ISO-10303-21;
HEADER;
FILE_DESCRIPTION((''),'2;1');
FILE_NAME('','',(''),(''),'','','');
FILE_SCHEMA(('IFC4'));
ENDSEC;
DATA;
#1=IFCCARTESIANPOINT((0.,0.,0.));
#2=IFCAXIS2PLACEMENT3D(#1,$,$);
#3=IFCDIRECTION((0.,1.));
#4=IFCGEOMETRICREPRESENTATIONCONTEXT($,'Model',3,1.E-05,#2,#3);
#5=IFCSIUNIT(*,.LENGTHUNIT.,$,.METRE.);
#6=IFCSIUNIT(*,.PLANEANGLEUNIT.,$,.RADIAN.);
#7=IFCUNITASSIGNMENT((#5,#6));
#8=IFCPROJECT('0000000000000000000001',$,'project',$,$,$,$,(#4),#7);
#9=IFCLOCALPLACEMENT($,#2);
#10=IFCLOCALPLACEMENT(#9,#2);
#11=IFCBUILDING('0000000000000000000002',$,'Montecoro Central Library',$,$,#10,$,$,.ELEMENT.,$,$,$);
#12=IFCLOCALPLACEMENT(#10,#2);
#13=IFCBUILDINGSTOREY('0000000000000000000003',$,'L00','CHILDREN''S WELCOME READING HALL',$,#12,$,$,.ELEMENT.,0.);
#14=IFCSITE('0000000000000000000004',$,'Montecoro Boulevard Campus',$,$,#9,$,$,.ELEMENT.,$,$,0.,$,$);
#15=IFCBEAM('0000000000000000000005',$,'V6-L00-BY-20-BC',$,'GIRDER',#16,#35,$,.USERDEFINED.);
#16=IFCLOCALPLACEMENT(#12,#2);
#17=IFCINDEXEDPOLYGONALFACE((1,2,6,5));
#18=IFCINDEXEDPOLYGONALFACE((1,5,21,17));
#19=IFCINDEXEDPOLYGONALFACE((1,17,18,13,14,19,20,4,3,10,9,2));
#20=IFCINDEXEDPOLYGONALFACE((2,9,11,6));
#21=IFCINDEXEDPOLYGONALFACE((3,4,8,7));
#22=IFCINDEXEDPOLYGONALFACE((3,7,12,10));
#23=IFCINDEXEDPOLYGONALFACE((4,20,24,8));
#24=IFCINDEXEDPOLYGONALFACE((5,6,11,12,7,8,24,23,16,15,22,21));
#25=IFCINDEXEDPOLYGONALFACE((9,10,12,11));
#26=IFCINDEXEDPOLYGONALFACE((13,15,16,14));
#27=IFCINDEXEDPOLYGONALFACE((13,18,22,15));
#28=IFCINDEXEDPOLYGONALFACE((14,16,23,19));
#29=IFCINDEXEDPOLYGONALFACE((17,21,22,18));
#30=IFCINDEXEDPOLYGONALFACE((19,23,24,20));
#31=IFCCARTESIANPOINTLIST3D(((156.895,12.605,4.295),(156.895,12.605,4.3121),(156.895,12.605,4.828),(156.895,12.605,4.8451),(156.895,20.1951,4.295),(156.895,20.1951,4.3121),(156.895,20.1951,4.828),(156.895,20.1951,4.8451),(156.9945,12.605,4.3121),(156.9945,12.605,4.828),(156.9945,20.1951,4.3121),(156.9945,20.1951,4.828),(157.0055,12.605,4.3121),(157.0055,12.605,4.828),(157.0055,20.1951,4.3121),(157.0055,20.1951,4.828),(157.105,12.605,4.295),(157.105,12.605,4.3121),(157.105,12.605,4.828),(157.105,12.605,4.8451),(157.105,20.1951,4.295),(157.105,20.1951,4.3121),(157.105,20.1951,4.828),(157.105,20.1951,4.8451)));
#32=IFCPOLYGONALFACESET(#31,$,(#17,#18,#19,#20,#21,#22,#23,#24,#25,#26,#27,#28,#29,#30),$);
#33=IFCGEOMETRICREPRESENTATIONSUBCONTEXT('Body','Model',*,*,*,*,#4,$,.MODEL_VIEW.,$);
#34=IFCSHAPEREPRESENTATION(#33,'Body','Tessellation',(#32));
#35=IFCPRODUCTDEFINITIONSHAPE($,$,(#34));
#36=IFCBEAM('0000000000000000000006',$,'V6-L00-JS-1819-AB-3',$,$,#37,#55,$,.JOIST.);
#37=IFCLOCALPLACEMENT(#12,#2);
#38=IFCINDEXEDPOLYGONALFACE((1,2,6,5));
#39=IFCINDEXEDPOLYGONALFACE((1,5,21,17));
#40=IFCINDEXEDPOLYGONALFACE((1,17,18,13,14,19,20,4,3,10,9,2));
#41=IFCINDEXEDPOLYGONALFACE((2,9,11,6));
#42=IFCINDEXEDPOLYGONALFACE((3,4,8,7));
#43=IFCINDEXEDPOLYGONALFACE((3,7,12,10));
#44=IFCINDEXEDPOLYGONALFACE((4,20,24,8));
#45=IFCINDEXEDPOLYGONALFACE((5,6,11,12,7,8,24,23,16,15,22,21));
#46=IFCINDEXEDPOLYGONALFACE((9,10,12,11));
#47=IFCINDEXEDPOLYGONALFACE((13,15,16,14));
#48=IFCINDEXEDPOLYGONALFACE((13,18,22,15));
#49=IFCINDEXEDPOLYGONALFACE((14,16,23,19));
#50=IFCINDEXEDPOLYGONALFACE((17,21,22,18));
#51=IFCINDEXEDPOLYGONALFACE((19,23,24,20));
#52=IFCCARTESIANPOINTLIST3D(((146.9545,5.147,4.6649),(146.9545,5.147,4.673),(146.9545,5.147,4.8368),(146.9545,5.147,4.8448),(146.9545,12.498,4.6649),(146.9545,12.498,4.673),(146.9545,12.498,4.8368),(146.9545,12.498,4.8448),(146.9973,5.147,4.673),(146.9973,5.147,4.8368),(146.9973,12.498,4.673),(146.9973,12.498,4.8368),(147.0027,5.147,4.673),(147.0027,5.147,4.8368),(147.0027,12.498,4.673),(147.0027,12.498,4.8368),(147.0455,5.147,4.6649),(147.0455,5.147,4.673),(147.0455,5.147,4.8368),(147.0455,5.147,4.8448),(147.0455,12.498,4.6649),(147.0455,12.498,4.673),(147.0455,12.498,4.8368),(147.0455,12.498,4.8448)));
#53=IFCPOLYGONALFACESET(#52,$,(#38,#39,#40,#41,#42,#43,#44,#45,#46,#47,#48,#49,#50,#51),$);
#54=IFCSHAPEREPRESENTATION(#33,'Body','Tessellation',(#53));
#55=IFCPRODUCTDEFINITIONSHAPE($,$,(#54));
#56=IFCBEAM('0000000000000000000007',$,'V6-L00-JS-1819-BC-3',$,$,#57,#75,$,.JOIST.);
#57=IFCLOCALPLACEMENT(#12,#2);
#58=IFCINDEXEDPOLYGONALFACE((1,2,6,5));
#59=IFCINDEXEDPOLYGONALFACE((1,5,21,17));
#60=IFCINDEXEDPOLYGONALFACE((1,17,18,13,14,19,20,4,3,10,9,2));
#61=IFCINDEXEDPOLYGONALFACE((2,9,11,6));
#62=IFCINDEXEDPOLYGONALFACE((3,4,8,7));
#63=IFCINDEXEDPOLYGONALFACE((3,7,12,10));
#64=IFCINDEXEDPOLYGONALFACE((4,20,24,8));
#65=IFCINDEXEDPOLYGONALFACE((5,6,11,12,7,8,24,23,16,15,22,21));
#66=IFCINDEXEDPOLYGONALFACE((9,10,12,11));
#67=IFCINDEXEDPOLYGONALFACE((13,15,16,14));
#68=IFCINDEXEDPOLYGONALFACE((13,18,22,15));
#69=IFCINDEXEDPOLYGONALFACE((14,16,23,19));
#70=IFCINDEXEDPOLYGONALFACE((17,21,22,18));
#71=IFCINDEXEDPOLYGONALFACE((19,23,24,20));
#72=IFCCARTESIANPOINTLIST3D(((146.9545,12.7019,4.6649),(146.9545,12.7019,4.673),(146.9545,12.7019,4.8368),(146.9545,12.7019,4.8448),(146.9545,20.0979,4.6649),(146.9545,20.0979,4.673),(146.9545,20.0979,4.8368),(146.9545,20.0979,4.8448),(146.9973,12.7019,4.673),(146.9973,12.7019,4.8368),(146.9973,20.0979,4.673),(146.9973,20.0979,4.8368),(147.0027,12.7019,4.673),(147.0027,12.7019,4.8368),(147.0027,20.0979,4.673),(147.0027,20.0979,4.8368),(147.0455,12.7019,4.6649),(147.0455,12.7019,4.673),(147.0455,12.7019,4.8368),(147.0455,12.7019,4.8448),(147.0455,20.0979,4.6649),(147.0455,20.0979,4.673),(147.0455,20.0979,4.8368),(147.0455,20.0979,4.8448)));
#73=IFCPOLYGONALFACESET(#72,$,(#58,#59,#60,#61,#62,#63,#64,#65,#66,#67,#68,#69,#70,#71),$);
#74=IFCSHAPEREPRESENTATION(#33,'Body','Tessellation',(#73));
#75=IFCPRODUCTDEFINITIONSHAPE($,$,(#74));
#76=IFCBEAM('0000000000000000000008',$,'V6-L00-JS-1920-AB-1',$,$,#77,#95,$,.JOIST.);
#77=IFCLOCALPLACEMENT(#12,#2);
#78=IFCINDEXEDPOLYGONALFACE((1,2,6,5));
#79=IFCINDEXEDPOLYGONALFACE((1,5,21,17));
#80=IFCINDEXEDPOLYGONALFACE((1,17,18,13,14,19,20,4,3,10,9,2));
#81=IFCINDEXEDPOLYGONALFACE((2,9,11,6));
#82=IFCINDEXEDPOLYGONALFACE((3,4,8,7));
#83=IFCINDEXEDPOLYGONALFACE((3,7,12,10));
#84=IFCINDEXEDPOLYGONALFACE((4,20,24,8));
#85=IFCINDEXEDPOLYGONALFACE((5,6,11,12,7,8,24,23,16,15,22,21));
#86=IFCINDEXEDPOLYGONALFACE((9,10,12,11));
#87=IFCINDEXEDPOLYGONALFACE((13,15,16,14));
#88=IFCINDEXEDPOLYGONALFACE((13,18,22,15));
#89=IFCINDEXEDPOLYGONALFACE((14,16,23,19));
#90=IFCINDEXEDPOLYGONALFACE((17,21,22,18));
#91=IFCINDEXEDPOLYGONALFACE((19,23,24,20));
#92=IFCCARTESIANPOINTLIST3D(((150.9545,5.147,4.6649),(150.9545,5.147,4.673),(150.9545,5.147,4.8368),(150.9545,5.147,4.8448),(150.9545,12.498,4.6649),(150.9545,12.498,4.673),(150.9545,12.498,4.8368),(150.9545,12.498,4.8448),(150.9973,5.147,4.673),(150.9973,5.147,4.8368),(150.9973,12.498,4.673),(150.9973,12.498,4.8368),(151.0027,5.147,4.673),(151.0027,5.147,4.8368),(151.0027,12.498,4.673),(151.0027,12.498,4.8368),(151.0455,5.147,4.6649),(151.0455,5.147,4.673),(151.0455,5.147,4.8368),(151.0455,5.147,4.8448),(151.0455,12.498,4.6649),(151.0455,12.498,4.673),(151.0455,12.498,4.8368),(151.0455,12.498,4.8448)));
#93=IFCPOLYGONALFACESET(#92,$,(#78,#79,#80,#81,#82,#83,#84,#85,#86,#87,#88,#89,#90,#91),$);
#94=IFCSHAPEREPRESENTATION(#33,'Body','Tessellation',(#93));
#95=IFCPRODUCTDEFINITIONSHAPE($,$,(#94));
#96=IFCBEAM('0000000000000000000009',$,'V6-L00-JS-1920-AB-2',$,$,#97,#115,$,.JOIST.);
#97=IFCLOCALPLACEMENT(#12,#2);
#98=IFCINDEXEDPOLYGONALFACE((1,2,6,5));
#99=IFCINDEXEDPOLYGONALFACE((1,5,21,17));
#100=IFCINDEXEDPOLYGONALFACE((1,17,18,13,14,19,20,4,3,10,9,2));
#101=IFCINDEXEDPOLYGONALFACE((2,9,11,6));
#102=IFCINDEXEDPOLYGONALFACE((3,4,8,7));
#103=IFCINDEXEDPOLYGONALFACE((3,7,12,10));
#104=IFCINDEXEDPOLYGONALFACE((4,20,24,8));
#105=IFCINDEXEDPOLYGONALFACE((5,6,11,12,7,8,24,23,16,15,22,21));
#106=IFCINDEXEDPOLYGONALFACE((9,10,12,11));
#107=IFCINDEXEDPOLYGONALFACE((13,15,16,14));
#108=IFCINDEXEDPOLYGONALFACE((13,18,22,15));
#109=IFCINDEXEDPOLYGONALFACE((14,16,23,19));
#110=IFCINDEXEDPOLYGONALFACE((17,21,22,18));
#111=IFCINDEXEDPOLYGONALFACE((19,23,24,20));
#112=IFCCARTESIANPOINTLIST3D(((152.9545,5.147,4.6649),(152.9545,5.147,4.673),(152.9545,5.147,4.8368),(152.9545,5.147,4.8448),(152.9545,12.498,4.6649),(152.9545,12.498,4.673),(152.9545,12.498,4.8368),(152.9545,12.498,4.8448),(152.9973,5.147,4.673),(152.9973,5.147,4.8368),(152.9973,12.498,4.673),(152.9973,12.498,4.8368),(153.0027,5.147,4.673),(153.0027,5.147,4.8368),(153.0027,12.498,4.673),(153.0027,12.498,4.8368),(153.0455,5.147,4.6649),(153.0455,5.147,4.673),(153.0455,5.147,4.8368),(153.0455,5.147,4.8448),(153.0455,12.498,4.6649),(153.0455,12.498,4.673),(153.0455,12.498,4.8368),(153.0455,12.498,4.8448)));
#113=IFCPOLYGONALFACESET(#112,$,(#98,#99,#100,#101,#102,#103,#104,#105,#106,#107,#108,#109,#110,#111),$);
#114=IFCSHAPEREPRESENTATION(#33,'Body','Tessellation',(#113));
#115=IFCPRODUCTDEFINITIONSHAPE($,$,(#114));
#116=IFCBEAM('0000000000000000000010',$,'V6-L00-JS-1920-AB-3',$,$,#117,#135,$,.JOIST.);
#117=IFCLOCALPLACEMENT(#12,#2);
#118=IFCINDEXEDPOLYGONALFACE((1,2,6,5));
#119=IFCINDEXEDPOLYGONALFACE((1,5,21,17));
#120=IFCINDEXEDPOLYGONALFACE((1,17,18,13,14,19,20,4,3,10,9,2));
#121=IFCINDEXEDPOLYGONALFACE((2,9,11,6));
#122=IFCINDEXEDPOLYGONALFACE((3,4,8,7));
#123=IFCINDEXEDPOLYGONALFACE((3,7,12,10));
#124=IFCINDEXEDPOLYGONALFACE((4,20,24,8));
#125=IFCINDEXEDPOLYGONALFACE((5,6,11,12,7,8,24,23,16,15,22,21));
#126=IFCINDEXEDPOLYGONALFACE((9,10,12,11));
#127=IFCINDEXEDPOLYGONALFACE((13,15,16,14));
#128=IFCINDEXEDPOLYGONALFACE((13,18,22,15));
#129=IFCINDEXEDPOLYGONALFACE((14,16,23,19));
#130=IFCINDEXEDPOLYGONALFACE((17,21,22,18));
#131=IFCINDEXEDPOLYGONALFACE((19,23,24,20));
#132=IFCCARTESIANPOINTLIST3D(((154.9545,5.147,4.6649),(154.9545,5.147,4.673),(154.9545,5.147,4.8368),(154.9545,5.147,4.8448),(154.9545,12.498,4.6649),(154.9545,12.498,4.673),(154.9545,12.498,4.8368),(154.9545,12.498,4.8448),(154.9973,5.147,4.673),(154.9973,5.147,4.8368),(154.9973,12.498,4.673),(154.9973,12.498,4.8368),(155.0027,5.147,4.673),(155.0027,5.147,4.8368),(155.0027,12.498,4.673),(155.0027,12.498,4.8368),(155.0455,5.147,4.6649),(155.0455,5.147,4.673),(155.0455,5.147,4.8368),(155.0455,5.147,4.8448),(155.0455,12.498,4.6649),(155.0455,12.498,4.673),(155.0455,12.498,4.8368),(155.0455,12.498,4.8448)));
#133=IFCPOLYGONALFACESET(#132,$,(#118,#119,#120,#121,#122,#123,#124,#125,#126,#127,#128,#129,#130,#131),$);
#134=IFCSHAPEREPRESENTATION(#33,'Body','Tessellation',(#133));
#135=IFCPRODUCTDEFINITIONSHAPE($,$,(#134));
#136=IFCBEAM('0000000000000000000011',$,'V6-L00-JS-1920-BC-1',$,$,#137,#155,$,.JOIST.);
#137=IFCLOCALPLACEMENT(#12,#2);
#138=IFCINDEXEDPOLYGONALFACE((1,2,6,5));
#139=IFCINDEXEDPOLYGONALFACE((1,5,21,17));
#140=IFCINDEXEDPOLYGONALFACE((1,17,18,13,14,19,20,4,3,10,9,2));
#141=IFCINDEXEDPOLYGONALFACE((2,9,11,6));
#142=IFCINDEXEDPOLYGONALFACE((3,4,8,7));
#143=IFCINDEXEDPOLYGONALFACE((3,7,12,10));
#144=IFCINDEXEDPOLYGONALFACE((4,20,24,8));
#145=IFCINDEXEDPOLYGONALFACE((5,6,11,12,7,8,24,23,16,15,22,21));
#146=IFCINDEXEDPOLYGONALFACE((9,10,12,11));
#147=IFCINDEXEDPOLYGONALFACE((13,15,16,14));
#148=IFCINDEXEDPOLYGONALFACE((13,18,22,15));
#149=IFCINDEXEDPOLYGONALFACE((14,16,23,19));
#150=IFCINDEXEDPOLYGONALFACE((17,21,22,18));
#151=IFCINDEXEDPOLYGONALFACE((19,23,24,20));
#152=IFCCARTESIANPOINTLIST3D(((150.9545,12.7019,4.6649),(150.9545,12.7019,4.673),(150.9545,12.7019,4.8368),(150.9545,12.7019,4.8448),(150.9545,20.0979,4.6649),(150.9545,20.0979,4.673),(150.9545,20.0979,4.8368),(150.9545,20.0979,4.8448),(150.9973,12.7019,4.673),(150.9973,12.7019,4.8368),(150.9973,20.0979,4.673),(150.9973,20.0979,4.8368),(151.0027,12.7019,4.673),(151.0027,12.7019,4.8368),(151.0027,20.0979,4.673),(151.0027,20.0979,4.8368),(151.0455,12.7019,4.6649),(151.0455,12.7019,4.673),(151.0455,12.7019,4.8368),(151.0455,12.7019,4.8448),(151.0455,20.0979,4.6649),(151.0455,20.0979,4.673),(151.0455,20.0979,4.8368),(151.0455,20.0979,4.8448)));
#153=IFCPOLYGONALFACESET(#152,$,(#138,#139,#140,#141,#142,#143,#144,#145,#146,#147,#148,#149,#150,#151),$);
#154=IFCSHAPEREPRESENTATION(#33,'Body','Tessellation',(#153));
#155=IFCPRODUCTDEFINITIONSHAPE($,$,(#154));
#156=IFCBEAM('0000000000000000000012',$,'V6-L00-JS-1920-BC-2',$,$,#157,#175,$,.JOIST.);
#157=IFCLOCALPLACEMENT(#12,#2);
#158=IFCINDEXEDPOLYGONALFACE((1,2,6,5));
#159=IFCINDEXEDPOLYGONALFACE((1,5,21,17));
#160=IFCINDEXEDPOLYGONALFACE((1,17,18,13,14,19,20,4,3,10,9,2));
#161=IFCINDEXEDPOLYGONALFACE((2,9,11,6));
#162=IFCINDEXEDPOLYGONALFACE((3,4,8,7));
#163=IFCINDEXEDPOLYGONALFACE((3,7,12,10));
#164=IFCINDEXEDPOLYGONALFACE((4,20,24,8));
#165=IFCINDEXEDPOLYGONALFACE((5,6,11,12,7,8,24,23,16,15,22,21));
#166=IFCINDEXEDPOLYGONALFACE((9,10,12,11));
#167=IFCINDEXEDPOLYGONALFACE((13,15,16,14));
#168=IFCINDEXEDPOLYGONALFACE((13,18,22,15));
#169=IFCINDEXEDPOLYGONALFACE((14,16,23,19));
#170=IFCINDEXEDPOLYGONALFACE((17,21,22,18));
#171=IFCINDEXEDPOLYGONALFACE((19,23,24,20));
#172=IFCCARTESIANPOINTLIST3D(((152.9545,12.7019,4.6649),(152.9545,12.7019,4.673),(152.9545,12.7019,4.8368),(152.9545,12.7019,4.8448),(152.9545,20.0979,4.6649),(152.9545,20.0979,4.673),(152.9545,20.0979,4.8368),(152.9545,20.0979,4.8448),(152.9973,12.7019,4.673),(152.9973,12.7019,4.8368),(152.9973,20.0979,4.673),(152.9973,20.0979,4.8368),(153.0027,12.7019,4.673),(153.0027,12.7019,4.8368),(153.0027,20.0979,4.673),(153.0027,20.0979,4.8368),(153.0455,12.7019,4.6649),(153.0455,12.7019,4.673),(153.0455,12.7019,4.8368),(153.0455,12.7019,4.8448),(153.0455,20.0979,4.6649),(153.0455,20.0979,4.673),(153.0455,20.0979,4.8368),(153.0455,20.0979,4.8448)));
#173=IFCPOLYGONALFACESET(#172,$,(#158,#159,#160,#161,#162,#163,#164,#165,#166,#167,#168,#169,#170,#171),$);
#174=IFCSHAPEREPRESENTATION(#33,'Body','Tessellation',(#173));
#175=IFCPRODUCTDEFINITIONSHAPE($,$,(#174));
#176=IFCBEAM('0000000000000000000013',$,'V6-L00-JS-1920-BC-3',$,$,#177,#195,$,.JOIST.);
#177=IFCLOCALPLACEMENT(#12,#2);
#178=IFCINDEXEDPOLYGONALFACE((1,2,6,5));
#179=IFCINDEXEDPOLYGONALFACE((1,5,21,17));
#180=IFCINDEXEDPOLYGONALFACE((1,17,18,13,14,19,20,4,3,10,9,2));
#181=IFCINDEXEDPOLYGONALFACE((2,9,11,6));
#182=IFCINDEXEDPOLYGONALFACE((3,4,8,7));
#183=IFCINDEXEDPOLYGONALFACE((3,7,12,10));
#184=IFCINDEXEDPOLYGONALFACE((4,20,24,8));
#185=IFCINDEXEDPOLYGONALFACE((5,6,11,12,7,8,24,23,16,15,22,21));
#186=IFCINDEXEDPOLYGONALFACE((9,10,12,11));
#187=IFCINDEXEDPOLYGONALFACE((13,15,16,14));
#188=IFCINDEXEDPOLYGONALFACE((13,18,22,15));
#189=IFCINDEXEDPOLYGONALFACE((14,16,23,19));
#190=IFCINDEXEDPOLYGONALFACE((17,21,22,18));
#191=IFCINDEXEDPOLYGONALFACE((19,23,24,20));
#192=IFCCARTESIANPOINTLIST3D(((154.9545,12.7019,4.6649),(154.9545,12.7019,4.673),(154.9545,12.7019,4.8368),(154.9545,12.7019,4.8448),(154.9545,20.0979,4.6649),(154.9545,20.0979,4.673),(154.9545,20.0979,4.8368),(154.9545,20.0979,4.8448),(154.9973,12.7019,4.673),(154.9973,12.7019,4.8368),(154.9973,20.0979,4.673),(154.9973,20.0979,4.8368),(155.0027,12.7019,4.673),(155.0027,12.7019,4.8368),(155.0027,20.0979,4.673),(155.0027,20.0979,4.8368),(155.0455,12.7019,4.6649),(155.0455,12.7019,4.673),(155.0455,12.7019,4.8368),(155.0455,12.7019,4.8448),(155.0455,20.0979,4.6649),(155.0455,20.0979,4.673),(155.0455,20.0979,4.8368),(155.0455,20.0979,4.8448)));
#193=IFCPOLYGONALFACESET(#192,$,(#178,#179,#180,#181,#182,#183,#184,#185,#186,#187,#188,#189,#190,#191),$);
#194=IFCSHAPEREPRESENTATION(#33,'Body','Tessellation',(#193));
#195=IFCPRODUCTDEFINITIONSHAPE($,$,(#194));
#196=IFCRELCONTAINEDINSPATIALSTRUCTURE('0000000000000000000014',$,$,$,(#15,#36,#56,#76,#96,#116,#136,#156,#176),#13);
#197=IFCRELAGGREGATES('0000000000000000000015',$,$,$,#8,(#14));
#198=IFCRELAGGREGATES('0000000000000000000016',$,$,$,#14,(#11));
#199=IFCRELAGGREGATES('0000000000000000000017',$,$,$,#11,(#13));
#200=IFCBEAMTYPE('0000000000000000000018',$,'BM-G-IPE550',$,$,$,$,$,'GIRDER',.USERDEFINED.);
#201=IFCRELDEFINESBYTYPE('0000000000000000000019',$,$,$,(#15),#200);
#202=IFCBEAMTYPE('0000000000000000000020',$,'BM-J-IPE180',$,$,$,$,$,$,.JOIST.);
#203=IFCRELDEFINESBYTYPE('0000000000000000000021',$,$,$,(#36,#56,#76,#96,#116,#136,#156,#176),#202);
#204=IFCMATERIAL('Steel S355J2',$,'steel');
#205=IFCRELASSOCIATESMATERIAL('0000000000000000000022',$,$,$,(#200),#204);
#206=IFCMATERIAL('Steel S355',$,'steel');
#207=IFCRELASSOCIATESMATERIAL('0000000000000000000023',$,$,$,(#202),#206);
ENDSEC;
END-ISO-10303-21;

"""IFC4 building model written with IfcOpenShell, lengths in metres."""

from ifc_helpers import new_model, si_unit, direction, frame, origin, origin_2d, place, context, subcontext, project, spatial, i_section, extrude, material, material_profile, profile_set, type_object, element, save


model = new_model("IFC4")

# Units and contexts
model_context = context("Model", 3, precision=1e-05, world=origin(), true_north=direction((0.0, 1.0)))
body_context = subcontext(model_context, "Body", "Model", "MODEL_VIEW")
ifc_project = project(units=[si_unit("LENGTHUNIT", "METRE"), si_unit("PLANEANGLEUNIT", "RADIAN")], contexts=[model_context])

# Site, building, storey
site_placement = place(None, origin())
site = spatial("IfcSite", under=ifc_project, at=site_placement, Name="Montecoro Boulevard Campus", CompositionType="ELEMENT", RefElevation=0.0)
building_placement = place(site_placement, origin())
building = spatial("IfcBuilding", under=site, at=building_placement, Name="Montecoro Central Library", CompositionType="ELEMENT")
storey_placement = place(building_placement, origin())
storey = spatial("IfcBuildingStorey", under=building, at=storey_placement, Name="L00", Description="CHILDREN'S WELCOME READING HALL", CompositionType="ELEMENT", Elevation=0.0)

# Shared definitions
ifc_material_1 = material(Name="Steel S355", Category="steel")
ifc_material_2 = material(Name="Steel S355J2", Category="steel")

# Beams
ifc_material_profile_1 = material_profile(ifc_material_2, i_section(OverallWidth=0.21, OverallDepth=0.55, WebThickness=0.011, FlangeThickness=0.0171, at=origin_2d()), Name="IPE 550")
ifc_profile_set_1 = profile_set([ifc_material_profile_1], Name="Steel S355J2")
beam_type_1 = type_object("IfcBeamType", Name="BM-G-IPE550", ElementType="GIRDER", PredefinedType="USERDEFINED", material=ifc_profile_set_1)
for number, where, z_axis, x_axis, name in (
    (1, (157.0, 12.605, 4.5701), (0.0, 1.0, 0.0), (-1.0, 0.0, 0.0), "V6-L00-BY-20-BC"),
):
    element("IfcBeam", number, at=place(storey_placement, frame(where, z_axis=z_axis, x_axis=x_axis)), inside=storey, type_object=beam_type_1, Name=name, ObjectType="GIRDER", PredefinedType="USERDEFINED", context=body_context, shape_type="SweptSolid", body=[
        extrude(i_section(OverallWidth=0.21, OverallDepth=0.55, WebThickness=0.011, FlangeThickness=0.0171, at=origin_2d()), origin(), (0.0, 0.0, 1.0), 7.5901),
    ])
ifc_material_profile_2 = material_profile(ifc_material_1, i_section(OverallWidth=0.0911, OverallDepth=0.1799, WebThickness=0.0054, FlangeThickness=0.0081, at=origin_2d()), Name="IPE 180")
ifc_profile_set_2 = profile_set([ifc_material_profile_2], Name="Steel S355")
beam_type_2 = type_object("IfcBeamType", Name="BM-J-IPE180", PredefinedType="JOIST", material=ifc_profile_set_2)
beam_1_placement = place(storey_placement, frame((147.0, 5.147, 4.7549), z_axis=(0.0, 1.0, 0.0), x_axis=(-1.0, 0.0, 0.0)))
element("IfcBeam", 2, at=beam_1_placement, inside=storey, type_object=beam_type_2, Name="V6-L00-JS-1819-AB-3", PredefinedType="JOIST", context=body_context, shape_type="SweptSolid", body=[
    extrude(i_section(OverallWidth=0.0911, OverallDepth=0.1799, WebThickness=0.0054, FlangeThickness=0.0081, at=origin_2d()), origin(), (0.0, 0.0, 1.0), 7.3511),
])
beam_2_placement = place(storey_placement, frame((147.0, 12.7019, 4.7549), z_axis=(0.0, 1.0, 0.0), x_axis=(-1.0, 0.0, 0.0)))
element("IfcBeam", 3, at=beam_2_placement, inside=storey, type_object=beam_type_2, Name="V6-L00-JS-1819-BC-3", PredefinedType="JOIST", context=body_context, shape_type="SweptSolid", body=[
    extrude(i_section(OverallWidth=0.0911, OverallDepth=0.1799, WebThickness=0.0054, FlangeThickness=0.0081, at=origin_2d()), origin(), (0.0, 0.0, 1.0), 7.396),
])
for number, where, z_axis, x_axis, name in (
    (4, (151.0, 5.147, 4.7549), (0.0, 1.0, 0.0), (-1.0, 0.0, 0.0), "V6-L00-JS-1920-AB-1"),
    (5, (153.0, 5.147, 4.7549), (0.0, 1.0, 0.0), (-1.0, 0.0, 0.0), "V6-L00-JS-1920-AB-2"),
    (6, (155.0, 5.147, 4.7549), (0.0, 1.0, 0.0), (-1.0, 0.0, 0.0), "V6-L00-JS-1920-AB-3"),
):
    element("IfcBeam", number, at=place(storey_placement, frame(where, z_axis=z_axis, x_axis=x_axis)), inside=storey, type_object=beam_type_2, Name=name, PredefinedType="JOIST", context=body_context, shape_type="SweptSolid", body=[
        extrude(i_section(OverallWidth=0.0911, OverallDepth=0.1799, WebThickness=0.0054, FlangeThickness=0.0081, at=origin_2d()), origin(), (0.0, 0.0, 1.0), 7.3511),
    ])
for number, where, z_axis, x_axis, name in (
    (7, (151.0, 12.7019, 4.7549), (0.0, 1.0, 0.0), (-1.0, 0.0, 0.0), "V6-L00-JS-1920-BC-1"),
    (8, (153.0, 12.7019, 4.7549), (0.0, 1.0, 0.0), (-1.0, 0.0, 0.0), "V6-L00-JS-1920-BC-2"),
    (9, (155.0, 12.7019, 4.7549), (0.0, 1.0, 0.0), (-1.0, 0.0, 0.0), "V6-L00-JS-1920-BC-3"),
):
    element("IfcBeam", number, at=place(storey_placement, frame(where, z_axis=z_axis, x_axis=x_axis)), inside=storey, type_object=beam_type_2, Name=name, PredefinedType="JOIST", context=body_context, shape_type="SweptSolid", body=[
        extrude(i_section(OverallWidth=0.0911, OverallDepth=0.1799, WebThickness=0.0054, FlangeThickness=0.0081, at=origin_2d()), origin(), (0.0, 0.0, 1.0), 7.396),
    ])

save(model, "model.ifc")
